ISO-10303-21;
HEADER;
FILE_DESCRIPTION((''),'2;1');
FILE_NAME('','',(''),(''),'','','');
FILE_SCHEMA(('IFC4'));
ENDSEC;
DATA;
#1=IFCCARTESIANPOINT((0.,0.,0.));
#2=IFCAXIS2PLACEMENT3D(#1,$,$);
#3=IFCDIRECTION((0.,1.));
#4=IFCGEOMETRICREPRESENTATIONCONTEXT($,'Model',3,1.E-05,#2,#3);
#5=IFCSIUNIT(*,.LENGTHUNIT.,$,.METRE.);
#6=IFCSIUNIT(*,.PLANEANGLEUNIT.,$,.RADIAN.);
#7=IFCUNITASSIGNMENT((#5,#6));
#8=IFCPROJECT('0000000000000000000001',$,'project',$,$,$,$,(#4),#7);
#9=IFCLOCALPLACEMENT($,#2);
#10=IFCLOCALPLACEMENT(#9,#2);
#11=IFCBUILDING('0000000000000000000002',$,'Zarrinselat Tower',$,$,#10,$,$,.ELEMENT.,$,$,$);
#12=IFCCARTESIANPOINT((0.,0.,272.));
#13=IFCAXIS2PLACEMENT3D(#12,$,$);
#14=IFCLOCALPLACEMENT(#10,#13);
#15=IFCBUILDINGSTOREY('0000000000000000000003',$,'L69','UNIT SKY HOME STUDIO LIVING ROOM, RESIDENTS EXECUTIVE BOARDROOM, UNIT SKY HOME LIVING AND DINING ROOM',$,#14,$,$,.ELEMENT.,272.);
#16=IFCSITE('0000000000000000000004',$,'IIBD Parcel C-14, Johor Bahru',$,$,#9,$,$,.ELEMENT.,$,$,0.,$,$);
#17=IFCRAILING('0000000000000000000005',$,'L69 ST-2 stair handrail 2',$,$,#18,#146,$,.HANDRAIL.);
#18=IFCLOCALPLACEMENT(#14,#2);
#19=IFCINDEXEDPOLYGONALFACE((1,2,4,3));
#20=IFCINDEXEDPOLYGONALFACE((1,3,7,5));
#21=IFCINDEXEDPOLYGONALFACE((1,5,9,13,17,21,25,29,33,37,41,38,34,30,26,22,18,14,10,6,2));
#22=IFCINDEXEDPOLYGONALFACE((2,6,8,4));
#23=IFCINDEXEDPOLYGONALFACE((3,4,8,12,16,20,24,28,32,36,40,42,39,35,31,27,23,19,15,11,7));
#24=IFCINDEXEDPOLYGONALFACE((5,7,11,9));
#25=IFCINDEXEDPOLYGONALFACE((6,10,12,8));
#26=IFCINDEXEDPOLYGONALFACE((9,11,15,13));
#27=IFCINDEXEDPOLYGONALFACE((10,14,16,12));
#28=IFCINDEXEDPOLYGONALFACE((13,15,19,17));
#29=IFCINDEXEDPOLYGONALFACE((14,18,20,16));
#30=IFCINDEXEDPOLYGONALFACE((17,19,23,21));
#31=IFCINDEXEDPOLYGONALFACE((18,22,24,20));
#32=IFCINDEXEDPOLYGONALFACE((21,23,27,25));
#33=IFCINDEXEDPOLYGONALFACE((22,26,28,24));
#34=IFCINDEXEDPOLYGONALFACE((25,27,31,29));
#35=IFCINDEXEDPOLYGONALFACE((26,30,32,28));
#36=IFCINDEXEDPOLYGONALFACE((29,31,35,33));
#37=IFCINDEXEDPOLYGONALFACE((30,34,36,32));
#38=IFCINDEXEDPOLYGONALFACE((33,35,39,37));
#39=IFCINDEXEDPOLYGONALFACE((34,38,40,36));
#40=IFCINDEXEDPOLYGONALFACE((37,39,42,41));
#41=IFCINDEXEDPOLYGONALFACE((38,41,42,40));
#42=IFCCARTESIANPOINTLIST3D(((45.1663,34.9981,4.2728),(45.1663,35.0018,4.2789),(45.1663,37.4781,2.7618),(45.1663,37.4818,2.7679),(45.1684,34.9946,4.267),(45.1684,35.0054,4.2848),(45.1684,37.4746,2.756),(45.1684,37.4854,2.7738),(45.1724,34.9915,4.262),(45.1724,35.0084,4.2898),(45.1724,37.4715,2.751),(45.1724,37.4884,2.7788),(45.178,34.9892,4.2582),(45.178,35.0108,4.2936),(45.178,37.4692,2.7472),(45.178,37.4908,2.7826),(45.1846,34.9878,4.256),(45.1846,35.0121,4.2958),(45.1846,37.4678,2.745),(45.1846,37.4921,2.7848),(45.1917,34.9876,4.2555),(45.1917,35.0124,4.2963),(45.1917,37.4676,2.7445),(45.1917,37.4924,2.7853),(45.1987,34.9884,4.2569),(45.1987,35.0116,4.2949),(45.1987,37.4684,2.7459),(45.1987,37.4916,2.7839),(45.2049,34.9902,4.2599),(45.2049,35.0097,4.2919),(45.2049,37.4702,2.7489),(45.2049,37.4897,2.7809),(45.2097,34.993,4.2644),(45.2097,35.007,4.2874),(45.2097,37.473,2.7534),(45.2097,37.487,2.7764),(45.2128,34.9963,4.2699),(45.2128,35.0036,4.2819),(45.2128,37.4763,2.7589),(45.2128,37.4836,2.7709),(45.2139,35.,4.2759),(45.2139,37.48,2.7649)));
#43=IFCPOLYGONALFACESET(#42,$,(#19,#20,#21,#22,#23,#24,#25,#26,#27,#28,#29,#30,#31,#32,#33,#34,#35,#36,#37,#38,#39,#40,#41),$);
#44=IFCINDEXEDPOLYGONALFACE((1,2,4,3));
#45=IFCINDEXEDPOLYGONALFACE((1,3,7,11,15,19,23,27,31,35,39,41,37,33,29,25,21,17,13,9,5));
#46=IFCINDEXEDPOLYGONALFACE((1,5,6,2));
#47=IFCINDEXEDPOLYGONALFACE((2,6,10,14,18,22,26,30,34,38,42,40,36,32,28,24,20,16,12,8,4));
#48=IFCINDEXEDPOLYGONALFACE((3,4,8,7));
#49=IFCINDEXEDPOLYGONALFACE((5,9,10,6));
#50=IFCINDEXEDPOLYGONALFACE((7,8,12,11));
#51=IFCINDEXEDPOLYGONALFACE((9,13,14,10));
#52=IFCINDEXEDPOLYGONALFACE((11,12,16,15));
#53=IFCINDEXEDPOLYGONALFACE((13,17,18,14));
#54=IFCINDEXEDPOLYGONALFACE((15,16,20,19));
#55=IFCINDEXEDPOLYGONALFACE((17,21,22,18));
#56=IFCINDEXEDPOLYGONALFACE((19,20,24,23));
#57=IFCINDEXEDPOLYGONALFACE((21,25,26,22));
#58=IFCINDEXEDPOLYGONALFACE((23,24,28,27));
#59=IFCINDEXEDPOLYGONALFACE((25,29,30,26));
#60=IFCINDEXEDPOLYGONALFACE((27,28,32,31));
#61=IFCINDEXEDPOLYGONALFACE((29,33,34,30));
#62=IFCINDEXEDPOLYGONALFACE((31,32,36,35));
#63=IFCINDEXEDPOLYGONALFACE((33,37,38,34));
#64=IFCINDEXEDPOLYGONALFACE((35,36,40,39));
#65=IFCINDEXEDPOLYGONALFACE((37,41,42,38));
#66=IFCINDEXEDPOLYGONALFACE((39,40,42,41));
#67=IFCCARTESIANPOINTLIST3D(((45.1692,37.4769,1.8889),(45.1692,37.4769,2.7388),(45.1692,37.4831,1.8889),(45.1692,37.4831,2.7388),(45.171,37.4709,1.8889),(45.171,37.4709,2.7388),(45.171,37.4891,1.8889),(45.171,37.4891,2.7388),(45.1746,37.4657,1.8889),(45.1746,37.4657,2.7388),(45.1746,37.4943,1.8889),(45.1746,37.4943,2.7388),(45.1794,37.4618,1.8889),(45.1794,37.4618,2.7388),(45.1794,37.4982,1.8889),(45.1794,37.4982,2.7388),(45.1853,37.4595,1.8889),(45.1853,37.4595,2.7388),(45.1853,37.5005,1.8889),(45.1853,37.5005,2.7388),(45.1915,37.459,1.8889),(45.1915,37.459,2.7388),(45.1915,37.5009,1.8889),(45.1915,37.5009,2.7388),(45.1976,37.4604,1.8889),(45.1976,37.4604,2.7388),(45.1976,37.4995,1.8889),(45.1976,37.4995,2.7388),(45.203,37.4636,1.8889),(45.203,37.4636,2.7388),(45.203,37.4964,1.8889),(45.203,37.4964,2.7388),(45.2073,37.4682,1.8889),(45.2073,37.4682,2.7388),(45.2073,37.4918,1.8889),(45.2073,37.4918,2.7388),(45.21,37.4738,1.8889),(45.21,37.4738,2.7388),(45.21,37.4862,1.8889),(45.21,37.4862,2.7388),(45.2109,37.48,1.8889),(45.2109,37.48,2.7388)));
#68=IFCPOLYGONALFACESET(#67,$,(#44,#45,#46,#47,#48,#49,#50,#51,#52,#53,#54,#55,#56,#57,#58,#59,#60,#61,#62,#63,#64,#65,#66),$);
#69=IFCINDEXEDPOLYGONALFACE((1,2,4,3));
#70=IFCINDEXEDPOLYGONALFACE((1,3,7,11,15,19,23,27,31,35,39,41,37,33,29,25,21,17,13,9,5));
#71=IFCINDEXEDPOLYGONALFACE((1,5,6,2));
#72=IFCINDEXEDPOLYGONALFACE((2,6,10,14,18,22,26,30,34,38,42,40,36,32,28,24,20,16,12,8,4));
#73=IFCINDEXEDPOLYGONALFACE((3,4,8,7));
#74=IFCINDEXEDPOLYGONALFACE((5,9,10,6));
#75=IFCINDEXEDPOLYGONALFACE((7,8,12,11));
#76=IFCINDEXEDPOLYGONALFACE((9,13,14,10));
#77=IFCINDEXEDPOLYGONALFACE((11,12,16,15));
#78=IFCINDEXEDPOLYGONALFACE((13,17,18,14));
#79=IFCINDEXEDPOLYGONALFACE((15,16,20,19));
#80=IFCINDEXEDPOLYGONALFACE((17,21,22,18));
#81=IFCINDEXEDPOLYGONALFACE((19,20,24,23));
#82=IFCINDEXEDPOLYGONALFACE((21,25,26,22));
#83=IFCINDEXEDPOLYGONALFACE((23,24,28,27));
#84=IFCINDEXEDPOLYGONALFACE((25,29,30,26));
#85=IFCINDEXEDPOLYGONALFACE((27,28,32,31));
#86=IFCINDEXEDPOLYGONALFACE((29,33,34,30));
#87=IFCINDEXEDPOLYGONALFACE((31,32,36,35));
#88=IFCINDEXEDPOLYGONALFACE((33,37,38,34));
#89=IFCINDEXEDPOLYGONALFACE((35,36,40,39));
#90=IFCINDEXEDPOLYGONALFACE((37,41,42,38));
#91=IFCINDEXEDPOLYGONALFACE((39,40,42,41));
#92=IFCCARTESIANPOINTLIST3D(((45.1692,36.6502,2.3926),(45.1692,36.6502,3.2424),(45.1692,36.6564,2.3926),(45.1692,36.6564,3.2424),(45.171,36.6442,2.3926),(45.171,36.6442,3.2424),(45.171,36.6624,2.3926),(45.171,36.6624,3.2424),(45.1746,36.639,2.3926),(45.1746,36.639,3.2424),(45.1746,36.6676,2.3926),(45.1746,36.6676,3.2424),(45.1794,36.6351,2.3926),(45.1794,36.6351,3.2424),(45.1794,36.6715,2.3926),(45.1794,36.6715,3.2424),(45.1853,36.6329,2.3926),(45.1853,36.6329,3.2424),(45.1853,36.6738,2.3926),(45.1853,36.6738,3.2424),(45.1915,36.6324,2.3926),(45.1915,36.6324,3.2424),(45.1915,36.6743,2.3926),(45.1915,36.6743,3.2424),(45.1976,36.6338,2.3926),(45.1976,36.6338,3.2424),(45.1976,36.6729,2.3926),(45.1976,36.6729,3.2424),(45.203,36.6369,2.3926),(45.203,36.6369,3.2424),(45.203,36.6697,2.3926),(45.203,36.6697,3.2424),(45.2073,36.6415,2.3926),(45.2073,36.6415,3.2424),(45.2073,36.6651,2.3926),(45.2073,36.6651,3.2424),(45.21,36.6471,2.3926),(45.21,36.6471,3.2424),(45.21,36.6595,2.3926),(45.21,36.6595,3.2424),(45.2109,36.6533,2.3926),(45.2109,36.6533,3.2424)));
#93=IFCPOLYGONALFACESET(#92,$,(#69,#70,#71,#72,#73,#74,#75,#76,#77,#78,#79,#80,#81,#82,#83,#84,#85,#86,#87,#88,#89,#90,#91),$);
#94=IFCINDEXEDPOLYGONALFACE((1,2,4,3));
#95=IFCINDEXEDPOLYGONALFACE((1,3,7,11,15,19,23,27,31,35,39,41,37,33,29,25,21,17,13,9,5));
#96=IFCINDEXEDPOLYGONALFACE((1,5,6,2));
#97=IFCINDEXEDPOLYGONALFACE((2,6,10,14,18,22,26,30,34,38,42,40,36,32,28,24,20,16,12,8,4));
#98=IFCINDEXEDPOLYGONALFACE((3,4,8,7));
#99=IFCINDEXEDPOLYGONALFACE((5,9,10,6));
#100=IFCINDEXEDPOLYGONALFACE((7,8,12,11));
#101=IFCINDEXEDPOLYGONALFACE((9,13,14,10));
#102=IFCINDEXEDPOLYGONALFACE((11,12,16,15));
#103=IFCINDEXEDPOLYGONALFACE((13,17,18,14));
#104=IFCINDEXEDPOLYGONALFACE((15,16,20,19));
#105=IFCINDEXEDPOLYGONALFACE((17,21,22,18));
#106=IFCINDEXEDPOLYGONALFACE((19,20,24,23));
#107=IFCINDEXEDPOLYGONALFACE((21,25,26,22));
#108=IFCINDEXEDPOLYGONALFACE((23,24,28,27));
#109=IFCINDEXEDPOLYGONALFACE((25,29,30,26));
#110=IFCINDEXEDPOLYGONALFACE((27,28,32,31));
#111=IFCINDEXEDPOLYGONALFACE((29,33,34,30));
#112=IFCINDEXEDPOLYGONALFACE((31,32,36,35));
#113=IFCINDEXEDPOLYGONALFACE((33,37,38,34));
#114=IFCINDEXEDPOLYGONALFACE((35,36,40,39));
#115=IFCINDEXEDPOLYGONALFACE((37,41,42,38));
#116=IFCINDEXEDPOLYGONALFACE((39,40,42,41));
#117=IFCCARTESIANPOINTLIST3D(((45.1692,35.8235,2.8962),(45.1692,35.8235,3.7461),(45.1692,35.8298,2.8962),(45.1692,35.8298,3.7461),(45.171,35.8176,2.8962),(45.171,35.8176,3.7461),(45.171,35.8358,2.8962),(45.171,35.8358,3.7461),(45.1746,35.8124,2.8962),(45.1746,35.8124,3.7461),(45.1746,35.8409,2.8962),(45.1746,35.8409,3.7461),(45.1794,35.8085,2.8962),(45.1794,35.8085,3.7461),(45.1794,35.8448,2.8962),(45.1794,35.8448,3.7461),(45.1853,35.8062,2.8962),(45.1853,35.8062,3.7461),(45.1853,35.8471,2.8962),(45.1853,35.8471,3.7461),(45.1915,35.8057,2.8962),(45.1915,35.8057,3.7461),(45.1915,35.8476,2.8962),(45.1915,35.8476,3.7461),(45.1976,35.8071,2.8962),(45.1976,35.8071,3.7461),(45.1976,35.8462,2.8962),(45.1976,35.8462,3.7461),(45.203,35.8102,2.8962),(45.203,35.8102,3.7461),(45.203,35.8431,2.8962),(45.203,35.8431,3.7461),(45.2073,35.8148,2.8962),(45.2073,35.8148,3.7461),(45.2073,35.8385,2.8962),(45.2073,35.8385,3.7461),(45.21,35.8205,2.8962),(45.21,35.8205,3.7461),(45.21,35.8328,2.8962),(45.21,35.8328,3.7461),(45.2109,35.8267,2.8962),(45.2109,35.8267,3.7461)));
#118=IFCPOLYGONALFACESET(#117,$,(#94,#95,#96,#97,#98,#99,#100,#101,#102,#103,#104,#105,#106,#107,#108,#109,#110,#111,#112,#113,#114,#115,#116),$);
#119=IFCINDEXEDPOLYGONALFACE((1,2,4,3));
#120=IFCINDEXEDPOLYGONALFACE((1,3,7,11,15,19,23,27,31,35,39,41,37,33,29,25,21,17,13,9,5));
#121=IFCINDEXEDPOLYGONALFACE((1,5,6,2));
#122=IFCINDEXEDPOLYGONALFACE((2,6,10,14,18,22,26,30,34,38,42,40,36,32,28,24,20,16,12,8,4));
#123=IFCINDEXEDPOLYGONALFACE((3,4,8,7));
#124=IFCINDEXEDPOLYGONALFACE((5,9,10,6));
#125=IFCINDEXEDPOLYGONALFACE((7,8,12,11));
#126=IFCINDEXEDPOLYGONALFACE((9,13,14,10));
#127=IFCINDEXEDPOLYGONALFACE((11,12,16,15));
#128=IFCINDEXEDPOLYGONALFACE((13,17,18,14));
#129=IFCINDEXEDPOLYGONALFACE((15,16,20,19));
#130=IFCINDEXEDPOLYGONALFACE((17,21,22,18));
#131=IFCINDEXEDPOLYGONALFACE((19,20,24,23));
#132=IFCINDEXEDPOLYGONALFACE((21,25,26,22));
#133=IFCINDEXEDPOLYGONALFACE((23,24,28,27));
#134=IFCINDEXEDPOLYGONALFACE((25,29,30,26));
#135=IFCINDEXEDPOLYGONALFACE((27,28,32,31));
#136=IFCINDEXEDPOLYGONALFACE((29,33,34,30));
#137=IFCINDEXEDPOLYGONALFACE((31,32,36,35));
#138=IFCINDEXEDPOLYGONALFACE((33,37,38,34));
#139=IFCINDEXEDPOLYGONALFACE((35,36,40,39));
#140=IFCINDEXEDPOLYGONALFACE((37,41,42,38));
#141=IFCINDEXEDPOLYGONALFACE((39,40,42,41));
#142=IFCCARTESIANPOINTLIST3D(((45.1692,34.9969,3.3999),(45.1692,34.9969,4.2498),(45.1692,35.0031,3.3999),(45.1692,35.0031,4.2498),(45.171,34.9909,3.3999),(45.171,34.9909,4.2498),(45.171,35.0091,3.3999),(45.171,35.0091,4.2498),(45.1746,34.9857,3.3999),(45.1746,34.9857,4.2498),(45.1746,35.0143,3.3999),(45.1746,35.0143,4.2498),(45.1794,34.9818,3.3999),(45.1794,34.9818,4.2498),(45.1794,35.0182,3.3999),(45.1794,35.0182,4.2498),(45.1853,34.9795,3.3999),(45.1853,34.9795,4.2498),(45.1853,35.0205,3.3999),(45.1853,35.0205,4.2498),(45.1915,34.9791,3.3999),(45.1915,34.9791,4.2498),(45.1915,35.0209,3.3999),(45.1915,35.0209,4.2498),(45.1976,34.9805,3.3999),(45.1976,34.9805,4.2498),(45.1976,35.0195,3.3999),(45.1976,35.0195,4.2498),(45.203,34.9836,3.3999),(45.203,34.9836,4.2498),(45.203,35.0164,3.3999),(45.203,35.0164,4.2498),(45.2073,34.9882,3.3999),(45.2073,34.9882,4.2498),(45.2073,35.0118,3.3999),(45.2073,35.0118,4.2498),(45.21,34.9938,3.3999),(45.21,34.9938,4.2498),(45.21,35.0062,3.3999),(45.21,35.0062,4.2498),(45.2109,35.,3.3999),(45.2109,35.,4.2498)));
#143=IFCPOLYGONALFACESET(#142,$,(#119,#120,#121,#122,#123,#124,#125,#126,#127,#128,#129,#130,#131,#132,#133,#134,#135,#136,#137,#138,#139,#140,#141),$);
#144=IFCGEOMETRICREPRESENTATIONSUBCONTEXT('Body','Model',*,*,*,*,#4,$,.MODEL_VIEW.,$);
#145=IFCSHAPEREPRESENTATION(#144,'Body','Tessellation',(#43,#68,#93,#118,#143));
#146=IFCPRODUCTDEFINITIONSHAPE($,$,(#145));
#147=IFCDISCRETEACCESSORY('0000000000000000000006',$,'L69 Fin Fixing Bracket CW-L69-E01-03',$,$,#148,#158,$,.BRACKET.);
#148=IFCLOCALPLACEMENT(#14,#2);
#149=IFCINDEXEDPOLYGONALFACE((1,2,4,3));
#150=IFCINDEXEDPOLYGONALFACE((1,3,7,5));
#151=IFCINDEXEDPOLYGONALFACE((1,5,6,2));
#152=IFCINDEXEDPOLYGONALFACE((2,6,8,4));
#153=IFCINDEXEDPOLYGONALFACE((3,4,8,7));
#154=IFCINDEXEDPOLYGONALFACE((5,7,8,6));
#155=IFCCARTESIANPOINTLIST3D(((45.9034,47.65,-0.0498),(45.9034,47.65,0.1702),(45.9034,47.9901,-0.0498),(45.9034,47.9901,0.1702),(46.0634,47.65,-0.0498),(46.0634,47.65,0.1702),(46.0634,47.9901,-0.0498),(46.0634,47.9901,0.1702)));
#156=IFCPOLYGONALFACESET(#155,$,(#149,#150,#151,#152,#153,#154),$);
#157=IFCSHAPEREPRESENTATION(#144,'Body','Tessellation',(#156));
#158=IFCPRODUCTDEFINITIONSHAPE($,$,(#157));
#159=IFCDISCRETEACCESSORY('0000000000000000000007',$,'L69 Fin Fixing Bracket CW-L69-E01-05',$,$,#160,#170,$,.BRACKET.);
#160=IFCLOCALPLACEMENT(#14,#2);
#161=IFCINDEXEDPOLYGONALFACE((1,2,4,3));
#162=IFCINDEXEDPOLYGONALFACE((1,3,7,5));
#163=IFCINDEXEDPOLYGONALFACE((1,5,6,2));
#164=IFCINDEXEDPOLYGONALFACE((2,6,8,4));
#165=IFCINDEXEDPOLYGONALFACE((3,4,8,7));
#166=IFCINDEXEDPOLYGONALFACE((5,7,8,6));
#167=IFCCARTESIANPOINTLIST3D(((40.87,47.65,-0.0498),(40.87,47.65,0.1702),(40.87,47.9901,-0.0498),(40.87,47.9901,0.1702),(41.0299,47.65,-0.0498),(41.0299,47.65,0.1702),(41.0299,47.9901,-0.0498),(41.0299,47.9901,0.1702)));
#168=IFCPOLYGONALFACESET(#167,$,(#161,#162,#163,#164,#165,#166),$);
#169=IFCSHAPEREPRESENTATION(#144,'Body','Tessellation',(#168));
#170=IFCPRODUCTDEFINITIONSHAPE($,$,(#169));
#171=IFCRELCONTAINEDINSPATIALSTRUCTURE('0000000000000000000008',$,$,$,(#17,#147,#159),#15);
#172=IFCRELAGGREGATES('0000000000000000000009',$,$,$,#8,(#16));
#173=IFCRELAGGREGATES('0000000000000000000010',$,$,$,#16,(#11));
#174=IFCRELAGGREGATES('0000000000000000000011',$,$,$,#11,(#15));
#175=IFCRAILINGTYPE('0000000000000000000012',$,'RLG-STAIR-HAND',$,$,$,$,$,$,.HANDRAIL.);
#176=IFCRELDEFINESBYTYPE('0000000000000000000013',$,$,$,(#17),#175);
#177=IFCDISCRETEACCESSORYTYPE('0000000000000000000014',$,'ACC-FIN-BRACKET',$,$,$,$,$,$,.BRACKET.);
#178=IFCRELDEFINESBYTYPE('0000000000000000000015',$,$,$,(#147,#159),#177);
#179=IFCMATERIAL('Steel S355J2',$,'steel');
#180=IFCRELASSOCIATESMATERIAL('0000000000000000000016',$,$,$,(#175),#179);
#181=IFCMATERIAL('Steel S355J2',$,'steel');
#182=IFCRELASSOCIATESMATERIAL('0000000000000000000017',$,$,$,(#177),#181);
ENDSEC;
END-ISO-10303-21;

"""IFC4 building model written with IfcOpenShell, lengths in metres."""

from ifc_helpers import new_model, si_unit, direction, frame, origin, origin_2d, place, context, subcontext, project, spatial, rectangle, circle, extrude, material, type_object, element, save


model = new_model("IFC4")

# Units and contexts
model_context = context("Model", 3, precision=1e-05, world=origin(), true_north=direction((0.0, 1.0)))
body_context = subcontext(model_context, "Body", "Model", "MODEL_VIEW")
ifc_project = project(units=[si_unit("LENGTHUNIT", "METRE"), si_unit("PLANEANGLEUNIT", "RADIAN")], contexts=[model_context])

# Site, building, storey
site_placement = place(None, origin())
site = spatial("IfcSite", under=ifc_project, at=site_placement, Name="IIBD Parcel C-14, Johor Bahru", CompositionType="ELEMENT", RefElevation=0.0)
building_placement = place(site_placement, origin())
building = spatial("IfcBuilding", under=site, at=building_placement, Name="Zarrinselat Tower", CompositionType="ELEMENT")
storey_placement = place(building_placement, frame((0.0, 0.0, 272.0)))
storey = spatial("IfcBuildingStorey", under=building, at=storey_placement, Name="L69", Description="UNIT SKY HOME STUDIO LIVING ROOM, RESIDENTS EXECUTIVE BOARDROOM, UNIT SKY HOME LIVING AND DINING ROOM", CompositionType="ELEMENT", Elevation=272.0)

# Railing
ifc_material_1 = material(Name="Steel S355J2", Category="steel")
railing_type_1 = type_object("IfcRailingType", Name="RLG-STAIR-HAND", PredefinedType="HANDRAIL", material=ifc_material_1)
railing_1_placement = place(storey_placement, frame((45.1899, 37.48, 1.8889)))
element("IfcRailing", 1, at=railing_1_placement, inside=storey, type_object=railing_type_1, Name="L69 ST-2 stair handrail 2", PredefinedType="HANDRAIL", context=body_context, shape_type="SweptSolid", body=[
    extrude(circle(Radius=0.0239, at=origin_2d()), frame((0.0, 0.0, 0.876), z_axis=(0.0, -0.853979, 0.520307), x_axis=(1.0, 0.0, 0.0)), (0.0, 0.0, 1.0), 2.9041),
    extrude(circle(Radius=0.021, at=origin_2d()), origin(), (0.0, 0.0, 1.0), 0.8499),
    extrude(circle(Radius=0.021, at=origin_2d()), frame((0.0, -0.8267, 0.5037)), (0.0, 0.0, 1.0), 0.8499),
    extrude(circle(Radius=0.021, at=origin_2d()), frame((0.0, -1.6533, 1.0073)), (0.0, 0.0, 1.0), 0.8499),
    extrude(circle(Radius=0.021, at=origin_2d()), frame((0.0, -2.48, 1.511)), (0.0, 0.0, 1.0), 0.8499),
])

# Discrete accessories
ifc_material_2 = material(Name="Steel S355J2", Category="steel")
discrete_accessory_type = type_object("IfcDiscreteAccessoryType", Name="ACC-FIN-BRACKET", PredefinedType="BRACKET", material=ifc_material_2)
for number, where, z_axis, x_axis, name in (
    (2, (45.9834, 47.8201, -0.0498), (0.0, 0.0, 1.0), (0.0, 1.0, 0.0), "L69 Fin Fixing Bracket CW-L69-E01-03"),
    (3, (40.95, 47.8201, -0.0498), (0.0, 0.0, 1.0), (0.0, 1.0, 0.0), "L69 Fin Fixing Bracket CW-L69-E01-05"),
):
    element("IfcDiscreteAccessory", number, at=place(storey_placement, frame(where, z_axis=z_axis, x_axis=x_axis)), inside=storey, type_object=discrete_accessory_type, Name=name, PredefinedType="BRACKET", context=body_context, shape_type="SweptSolid", body=[
        extrude(rectangle(XDim=0.3401, YDim=0.1599, at=origin_2d()), origin(), (0.0, 0.0, 1.0), 0.22),
    ])

save(model, "model.ifc")
